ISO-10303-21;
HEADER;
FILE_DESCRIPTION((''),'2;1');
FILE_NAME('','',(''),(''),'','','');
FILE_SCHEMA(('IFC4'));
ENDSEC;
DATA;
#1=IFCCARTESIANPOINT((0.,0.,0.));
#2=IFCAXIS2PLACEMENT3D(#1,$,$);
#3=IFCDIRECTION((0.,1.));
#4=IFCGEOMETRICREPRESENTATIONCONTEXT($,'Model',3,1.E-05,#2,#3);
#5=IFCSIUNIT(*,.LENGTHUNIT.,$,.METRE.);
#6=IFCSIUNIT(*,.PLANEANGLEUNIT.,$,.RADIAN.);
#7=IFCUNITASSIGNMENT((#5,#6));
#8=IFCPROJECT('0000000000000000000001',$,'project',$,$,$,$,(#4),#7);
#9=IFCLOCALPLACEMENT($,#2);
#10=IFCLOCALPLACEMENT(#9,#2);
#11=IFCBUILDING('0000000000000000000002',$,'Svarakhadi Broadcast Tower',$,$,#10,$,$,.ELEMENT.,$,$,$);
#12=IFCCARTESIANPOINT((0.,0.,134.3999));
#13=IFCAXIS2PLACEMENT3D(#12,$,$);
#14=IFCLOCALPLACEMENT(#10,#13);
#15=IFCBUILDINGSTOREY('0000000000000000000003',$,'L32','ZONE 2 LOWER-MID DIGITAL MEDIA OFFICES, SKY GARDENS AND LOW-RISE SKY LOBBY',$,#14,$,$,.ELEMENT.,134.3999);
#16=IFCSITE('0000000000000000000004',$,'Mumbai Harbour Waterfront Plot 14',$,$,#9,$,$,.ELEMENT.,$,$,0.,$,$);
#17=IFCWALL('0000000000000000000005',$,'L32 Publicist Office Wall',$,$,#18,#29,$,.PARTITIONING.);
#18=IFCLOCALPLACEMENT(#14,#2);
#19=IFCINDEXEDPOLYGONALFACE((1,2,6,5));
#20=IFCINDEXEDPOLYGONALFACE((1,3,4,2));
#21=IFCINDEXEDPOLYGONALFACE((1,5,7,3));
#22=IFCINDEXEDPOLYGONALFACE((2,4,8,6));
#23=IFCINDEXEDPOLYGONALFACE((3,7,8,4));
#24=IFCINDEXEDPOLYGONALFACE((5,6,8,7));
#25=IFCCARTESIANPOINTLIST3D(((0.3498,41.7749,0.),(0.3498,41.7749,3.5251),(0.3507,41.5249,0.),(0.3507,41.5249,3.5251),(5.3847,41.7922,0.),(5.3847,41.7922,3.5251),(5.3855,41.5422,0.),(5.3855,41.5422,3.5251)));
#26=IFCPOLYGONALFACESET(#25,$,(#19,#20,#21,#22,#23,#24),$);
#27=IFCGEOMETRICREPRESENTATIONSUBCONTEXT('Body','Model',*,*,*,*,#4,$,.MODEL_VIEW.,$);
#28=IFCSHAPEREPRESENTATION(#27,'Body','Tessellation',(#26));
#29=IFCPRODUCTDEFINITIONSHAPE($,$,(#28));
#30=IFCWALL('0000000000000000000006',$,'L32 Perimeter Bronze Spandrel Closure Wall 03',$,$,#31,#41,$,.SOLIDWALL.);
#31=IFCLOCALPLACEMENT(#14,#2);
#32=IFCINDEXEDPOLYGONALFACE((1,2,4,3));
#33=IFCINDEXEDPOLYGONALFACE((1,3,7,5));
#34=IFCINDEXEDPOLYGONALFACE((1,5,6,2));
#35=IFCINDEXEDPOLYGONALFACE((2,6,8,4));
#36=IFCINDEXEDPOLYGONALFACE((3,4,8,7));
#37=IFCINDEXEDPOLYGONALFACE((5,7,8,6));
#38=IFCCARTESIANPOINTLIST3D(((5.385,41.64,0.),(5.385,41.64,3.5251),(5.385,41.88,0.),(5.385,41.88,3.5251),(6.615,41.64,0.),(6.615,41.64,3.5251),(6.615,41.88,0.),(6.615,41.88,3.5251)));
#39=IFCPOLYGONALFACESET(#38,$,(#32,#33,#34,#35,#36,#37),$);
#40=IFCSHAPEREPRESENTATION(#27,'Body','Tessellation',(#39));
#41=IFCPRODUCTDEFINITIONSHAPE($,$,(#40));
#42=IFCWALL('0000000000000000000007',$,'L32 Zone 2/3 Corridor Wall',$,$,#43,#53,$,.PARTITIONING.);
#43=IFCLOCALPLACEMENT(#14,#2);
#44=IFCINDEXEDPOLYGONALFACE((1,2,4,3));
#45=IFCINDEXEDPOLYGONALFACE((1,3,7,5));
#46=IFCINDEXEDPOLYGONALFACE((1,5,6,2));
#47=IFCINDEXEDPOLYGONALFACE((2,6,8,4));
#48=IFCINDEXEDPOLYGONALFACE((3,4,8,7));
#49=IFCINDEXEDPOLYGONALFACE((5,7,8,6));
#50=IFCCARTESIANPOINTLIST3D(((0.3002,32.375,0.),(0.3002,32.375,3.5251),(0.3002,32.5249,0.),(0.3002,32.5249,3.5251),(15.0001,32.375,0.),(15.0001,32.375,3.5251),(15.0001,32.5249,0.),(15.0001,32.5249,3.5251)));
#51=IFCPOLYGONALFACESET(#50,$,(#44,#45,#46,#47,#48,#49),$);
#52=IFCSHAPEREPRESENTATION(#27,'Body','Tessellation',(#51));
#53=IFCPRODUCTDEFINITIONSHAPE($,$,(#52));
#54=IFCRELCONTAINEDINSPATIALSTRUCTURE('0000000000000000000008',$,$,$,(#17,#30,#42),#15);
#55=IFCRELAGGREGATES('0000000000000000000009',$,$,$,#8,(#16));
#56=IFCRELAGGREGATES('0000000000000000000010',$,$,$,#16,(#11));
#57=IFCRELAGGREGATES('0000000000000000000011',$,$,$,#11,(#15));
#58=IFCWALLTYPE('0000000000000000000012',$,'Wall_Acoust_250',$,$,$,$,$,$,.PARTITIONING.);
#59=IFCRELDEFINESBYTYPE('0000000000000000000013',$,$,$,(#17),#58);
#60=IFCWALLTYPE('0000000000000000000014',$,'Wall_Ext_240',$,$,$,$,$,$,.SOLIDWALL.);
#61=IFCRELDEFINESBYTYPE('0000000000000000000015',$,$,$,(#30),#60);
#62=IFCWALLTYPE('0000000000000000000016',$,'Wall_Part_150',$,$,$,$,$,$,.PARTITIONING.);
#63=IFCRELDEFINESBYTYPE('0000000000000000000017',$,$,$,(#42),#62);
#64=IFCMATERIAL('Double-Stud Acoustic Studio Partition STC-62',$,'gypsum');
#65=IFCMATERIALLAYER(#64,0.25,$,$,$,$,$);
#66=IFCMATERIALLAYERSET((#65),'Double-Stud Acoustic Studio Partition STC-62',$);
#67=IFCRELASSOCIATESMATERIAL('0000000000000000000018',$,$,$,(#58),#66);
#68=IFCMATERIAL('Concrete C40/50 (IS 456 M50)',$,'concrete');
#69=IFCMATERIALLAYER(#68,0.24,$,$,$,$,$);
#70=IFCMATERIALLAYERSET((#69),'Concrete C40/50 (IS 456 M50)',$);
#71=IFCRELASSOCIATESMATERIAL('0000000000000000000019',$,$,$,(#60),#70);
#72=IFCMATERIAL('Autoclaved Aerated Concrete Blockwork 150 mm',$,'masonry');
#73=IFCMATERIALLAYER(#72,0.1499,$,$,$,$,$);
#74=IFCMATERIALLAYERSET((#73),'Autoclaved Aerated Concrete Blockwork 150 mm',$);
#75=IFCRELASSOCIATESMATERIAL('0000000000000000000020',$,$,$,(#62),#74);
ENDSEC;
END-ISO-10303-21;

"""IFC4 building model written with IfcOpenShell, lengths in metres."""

from ifc_helpers import new_model, si_unit, direction, frame, frame_2d, origin, place, context, subcontext, project, spatial, rectangle, extrude, material, layer, layer_set, type_object, element, save


model = new_model("IFC4")

# Units and contexts
model_context = context("Model", 3, precision=1e-05, world=origin(), true_north=direction((0.0, 1.0)))
body_context = subcontext(model_context, "Body", "Model", "MODEL_VIEW")
ifc_project = project(units=[si_unit("LENGTHUNIT", "METRE"), si_unit("PLANEANGLEUNIT", "RADIAN")], contexts=[model_context])

# Site, building, storey
site_placement = place(None, origin())
site = spatial("IfcSite", under=ifc_project, at=site_placement, Name="Mumbai Harbour Waterfront Plot 14", CompositionType="ELEMENT", RefElevation=0.0)
building_placement = place(site_placement, origin())
building = spatial("IfcBuilding", under=site, at=building_placement, Name="Svarakhadi Broadcast Tower", CompositionType="ELEMENT")
storey_placement = place(building_placement, frame((0.0, 0.0, 134.3999)))
storey = spatial("IfcBuildingStorey", under=building, at=storey_placement, Name="L32", Description="ZONE 2 LOWER-MID DIGITAL MEDIA OFFICES, SKY GARDENS AND LOW-RISE SKY LOBBY", CompositionType="ELEMENT", Elevation=134.3999)

# Walls
ifc_material_1 = material(Name="Double-Stud Acoustic Studio Partition STC-62", Category="gypsum")
ifc_layer_1 = layer(ifc_material_1, 0.25)
ifc_layer_set_1 = layer_set([ifc_layer_1], Name="Double-Stud Acoustic Studio Partition STC-62")
wall_type_1 = type_object("IfcWallType", Name="Wall_Acoust_250", PredefinedType="PARTITIONING", material=ifc_layer_set_1)
wall_1_placement = place(storey_placement, frame((0.3501, 41.6499, 0.0), z_axis=(0.0, 0.0, 1.0), x_axis=(0.999994, 0.003443, 0.0)))
element("IfcWall", 1, at=wall_1_placement, inside=storey, type_object=wall_type_1, Name="L32 Publicist Office Wall", PredefinedType="PARTITIONING", context=body_context, shape_type="SweptSolid", body=[
    extrude(rectangle(XDim=5.0349, YDim=0.25, at=frame_2d((2.5176, 0.0))), origin(), (0.0, 0.0, 1.0), 3.5251),
])
ifc_material_2 = material(Name="Concrete C40/50 (IS 456 M50)", Category="concrete")
ifc_layer_2 = layer(ifc_material_2, 0.24)
ifc_layer_set_2 = layer_set([ifc_layer_2], Name="Concrete C40/50 (IS 456 M50)")
wall_type_2 = type_object("IfcWallType", Name="Wall_Ext_240", PredefinedType="SOLIDWALL", material=ifc_layer_set_2)
wall_2_placement = place(storey_placement, frame((5.385, 41.76, 0.0), z_axis=(0.0, 0.0, 1.0), x_axis=(1.0, 0.0, 0.0)))
element("IfcWall", 2, at=wall_2_placement, inside=storey, type_object=wall_type_2, Name="L32 Perimeter Bronze Spandrel Closure Wall 03", PredefinedType="SOLIDWALL", context=body_context, shape_type="SweptSolid", body=[
    extrude(rectangle(XDim=1.23, YDim=0.24, at=frame_2d((0.615, 0.0))), origin(), (0.0, 0.0, 1.0), 3.5251),
])
ifc_material_3 = material(Name="Autoclaved Aerated Concrete Blockwork 150 mm", Category="masonry")
ifc_layer_3 = layer(ifc_material_3, 0.1499)
ifc_layer_set_3 = layer_set([ifc_layer_3], Name="Autoclaved Aerated Concrete Blockwork 150 mm")
wall_type_3 = type_object("IfcWallType", Name="Wall_Part_150", PredefinedType="PARTITIONING", material=ifc_layer_set_3)
wall_3_placement = place(storey_placement, frame((0.3, 32.45, 0.0), z_axis=(0.0, 0.0, 1.0), x_axis=(1.0, 0.0, 0.0)))
element("IfcWall", 3, at=wall_3_placement, inside=storey, type_object=wall_type_3, Name="L32 Zone 2/3 Corridor Wall", PredefinedType="PARTITIONING", context=body_context, shape_type="SweptSolid", body=[
    extrude(rectangle(XDim=14.7, YDim=0.1499, at=frame_2d((7.3501, 0.0))), origin(), (0.0, 0.0, 1.0), 3.5251),
])

save(model, "model.ifc")
